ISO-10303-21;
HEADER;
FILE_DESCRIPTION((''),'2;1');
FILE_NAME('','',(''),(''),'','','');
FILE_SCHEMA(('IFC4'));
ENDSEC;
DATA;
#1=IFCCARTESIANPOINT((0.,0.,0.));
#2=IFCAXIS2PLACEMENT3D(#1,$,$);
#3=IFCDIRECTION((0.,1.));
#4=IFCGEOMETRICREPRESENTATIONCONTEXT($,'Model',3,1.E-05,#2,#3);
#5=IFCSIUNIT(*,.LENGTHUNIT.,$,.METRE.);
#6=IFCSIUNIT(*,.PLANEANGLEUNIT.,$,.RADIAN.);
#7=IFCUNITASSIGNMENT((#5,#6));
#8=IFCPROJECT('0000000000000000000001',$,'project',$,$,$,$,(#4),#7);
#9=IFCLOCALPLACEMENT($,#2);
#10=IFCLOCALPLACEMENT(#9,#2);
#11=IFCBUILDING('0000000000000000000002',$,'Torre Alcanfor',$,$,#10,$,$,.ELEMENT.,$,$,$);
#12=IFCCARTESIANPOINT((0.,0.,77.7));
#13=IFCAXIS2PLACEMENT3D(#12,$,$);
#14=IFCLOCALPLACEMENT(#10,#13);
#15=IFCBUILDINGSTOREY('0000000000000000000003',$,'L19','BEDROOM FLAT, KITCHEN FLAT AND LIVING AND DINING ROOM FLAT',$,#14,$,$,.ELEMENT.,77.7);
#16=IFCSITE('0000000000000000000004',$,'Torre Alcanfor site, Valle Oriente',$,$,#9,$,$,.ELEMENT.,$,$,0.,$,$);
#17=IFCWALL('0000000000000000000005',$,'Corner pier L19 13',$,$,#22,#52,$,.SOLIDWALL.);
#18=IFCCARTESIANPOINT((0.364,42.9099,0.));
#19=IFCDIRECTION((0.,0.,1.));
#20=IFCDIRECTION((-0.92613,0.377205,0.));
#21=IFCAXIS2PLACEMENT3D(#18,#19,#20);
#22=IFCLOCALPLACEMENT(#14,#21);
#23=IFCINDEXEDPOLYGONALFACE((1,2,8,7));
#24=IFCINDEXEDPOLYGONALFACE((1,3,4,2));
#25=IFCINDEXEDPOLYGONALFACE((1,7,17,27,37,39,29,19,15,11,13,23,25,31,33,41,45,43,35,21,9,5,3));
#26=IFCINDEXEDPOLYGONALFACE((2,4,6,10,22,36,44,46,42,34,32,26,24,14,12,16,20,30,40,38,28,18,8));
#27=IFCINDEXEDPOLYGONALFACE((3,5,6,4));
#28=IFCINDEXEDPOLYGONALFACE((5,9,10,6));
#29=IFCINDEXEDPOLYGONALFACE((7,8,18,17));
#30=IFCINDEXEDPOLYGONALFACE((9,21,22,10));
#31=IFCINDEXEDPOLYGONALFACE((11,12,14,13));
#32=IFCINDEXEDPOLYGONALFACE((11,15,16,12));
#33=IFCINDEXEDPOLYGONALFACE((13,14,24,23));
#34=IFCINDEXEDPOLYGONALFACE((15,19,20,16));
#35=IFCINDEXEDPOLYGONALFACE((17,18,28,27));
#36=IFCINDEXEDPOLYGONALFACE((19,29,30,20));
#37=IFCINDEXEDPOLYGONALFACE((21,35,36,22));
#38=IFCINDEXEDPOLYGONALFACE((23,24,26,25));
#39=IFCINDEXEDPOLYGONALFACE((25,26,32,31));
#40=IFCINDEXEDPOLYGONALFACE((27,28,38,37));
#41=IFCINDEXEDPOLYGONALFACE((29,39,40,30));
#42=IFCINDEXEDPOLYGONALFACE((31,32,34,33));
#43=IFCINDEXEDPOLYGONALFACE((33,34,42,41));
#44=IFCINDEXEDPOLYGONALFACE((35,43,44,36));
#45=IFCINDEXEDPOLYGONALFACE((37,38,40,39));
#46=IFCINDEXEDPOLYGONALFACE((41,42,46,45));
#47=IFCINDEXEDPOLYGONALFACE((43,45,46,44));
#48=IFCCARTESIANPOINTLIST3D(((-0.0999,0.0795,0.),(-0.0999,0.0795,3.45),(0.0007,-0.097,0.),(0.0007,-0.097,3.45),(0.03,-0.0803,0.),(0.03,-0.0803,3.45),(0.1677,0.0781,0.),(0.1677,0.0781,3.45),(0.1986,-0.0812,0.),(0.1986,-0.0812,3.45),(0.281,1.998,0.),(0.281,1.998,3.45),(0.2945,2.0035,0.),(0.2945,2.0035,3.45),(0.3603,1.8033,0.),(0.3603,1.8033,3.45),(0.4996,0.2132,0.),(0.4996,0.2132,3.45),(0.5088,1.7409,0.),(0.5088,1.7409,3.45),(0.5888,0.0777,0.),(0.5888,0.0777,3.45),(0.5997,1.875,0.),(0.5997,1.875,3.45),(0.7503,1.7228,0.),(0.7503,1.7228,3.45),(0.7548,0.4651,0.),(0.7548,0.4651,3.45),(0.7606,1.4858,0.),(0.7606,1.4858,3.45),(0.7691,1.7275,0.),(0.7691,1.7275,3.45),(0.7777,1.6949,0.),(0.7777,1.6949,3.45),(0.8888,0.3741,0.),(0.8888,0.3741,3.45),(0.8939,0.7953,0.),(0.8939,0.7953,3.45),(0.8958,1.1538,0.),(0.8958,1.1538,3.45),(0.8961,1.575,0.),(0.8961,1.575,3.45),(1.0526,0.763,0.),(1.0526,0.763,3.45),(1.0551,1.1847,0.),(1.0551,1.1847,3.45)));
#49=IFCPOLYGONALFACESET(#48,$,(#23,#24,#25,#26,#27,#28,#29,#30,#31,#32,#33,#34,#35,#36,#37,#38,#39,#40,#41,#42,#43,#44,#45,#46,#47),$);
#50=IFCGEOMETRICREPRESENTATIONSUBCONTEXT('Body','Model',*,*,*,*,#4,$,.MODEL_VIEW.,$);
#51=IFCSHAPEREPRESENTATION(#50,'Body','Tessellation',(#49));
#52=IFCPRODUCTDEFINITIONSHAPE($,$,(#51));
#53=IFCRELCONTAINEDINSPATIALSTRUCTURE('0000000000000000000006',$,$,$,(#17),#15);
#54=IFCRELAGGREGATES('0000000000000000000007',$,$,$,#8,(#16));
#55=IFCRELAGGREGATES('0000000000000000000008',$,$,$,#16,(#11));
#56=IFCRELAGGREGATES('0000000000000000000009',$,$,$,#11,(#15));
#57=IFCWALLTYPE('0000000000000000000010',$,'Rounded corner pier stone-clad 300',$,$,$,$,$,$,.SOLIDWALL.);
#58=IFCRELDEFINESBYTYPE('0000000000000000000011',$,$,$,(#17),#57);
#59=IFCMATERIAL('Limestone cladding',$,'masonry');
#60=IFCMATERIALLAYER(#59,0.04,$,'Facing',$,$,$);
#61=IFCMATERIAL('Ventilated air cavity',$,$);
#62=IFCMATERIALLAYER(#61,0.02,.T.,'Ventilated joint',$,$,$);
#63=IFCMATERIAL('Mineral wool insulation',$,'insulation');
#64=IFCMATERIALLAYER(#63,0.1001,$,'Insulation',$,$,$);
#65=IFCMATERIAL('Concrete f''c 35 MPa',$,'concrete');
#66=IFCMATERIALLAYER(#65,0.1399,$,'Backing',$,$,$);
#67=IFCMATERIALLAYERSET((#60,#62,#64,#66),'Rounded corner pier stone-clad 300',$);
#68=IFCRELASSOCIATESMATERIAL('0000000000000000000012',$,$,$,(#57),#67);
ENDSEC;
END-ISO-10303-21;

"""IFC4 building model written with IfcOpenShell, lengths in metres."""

from ifc_helpers import new_model, si_unit, direction, frame, origin, place, context, subcontext, project, spatial, polyline, outline, extrude, material, layer, layer_set, type_object, element, save


model = new_model("IFC4")

# Units and contexts
model_context = context("Model", 3, precision=1e-05, world=origin(), true_north=direction((0.0, 1.0)))
body_context = subcontext(model_context, "Body", "Model", "MODEL_VIEW")
ifc_project = project(units=[si_unit("LENGTHUNIT", "METRE"), si_unit("PLANEANGLEUNIT", "RADIAN")], contexts=[model_context])

# Site, building, storey
site_placement = place(None, origin())
site = spatial("IfcSite", under=ifc_project, at=site_placement, Name="Torre Alcanfor site, Valle Oriente", CompositionType="ELEMENT", RefElevation=0.0)
building_placement = place(site_placement, origin())
building = spatial("IfcBuilding", under=site, at=building_placement, Name="Torre Alcanfor", CompositionType="ELEMENT")
storey_placement = place(building_placement, frame((0.0, 0.0, 77.7)))
storey = spatial("IfcBuildingStorey", under=building, at=storey_placement, Name="L19", Description="BEDROOM FLAT, KITCHEN FLAT AND LIVING AND DINING ROOM FLAT", CompositionType="ELEMENT", Elevation=77.7)

# Shared definitions
ifc_material_1 = material(Name="Limestone cladding", Category="masonry")
ifc_material_2 = material(Name="Ventilated air cavity")
ifc_material_3 = material(Name="Mineral wool insulation", Category="insulation")
ifc_material_4 = material(Name="Concrete f'c 35 MPa", Category="concrete")

# Wall
ifc_layer_1 = layer(ifc_material_1, 0.04, Name="Facing")
ifc_layer_2 = layer(ifc_material_2, 0.02, ventilated=True, Name="Ventilated joint")
ifc_layer_3 = layer(ifc_material_3, 0.1001, Name="Insulation")
ifc_layer_4 = layer(ifc_material_4, 0.1399, Name="Backing")
ifc_layer_set_1 = layer_set([ifc_layer_1, ifc_layer_2, ifc_layer_3, ifc_layer_4], Name="Rounded corner pier stone-clad 300")
wall_type_1 = type_object("IfcWallType", Name="Rounded corner pier stone-clad 300", PredefinedType="SOLIDWALL", material=ifc_layer_set_1)
wall_1_placement = place(storey_placement, frame((0.364, 42.9099, 0.0), z_axis=(0.0, 0.0, 1.0), x_axis=(-0.92613, 0.377205, 0.0)))
element("IfcWall", 1, at=wall_1_placement, inside=storey, type_object=wall_type_1, Name="Corner pier L19 13", PredefinedType="SOLIDWALL", context=body_context, shape_type="SweptSolid", body=[
    extrude(outline(polyline([(0.3603, 1.8033), (0.5088, 1.7409), (0.7606, 1.4858), (0.8958, 1.1538), (0.8939, 0.7953), (0.7548, 0.4651), (0.4996, 0.2132), (0.1677, 0.0781), (-0.0999, 0.0795), (0.0007, -0.097), (0.03, -0.0803), (0.1986, -0.0812), (0.5888, 0.0777), (0.8888, 0.3741), (1.0526, 0.763), (1.0551, 1.1847), (0.8961, 1.575), (0.7777, 1.6949), (0.7691, 1.7275), (0.7503, 1.7228), (0.5997, 1.875), (0.2945, 2.0035), (0.281, 1.998), (0.3603, 1.8033)])), origin(), (0.0, 0.0, 1.0), 3.45),
])

save(model, "model.ifc")
